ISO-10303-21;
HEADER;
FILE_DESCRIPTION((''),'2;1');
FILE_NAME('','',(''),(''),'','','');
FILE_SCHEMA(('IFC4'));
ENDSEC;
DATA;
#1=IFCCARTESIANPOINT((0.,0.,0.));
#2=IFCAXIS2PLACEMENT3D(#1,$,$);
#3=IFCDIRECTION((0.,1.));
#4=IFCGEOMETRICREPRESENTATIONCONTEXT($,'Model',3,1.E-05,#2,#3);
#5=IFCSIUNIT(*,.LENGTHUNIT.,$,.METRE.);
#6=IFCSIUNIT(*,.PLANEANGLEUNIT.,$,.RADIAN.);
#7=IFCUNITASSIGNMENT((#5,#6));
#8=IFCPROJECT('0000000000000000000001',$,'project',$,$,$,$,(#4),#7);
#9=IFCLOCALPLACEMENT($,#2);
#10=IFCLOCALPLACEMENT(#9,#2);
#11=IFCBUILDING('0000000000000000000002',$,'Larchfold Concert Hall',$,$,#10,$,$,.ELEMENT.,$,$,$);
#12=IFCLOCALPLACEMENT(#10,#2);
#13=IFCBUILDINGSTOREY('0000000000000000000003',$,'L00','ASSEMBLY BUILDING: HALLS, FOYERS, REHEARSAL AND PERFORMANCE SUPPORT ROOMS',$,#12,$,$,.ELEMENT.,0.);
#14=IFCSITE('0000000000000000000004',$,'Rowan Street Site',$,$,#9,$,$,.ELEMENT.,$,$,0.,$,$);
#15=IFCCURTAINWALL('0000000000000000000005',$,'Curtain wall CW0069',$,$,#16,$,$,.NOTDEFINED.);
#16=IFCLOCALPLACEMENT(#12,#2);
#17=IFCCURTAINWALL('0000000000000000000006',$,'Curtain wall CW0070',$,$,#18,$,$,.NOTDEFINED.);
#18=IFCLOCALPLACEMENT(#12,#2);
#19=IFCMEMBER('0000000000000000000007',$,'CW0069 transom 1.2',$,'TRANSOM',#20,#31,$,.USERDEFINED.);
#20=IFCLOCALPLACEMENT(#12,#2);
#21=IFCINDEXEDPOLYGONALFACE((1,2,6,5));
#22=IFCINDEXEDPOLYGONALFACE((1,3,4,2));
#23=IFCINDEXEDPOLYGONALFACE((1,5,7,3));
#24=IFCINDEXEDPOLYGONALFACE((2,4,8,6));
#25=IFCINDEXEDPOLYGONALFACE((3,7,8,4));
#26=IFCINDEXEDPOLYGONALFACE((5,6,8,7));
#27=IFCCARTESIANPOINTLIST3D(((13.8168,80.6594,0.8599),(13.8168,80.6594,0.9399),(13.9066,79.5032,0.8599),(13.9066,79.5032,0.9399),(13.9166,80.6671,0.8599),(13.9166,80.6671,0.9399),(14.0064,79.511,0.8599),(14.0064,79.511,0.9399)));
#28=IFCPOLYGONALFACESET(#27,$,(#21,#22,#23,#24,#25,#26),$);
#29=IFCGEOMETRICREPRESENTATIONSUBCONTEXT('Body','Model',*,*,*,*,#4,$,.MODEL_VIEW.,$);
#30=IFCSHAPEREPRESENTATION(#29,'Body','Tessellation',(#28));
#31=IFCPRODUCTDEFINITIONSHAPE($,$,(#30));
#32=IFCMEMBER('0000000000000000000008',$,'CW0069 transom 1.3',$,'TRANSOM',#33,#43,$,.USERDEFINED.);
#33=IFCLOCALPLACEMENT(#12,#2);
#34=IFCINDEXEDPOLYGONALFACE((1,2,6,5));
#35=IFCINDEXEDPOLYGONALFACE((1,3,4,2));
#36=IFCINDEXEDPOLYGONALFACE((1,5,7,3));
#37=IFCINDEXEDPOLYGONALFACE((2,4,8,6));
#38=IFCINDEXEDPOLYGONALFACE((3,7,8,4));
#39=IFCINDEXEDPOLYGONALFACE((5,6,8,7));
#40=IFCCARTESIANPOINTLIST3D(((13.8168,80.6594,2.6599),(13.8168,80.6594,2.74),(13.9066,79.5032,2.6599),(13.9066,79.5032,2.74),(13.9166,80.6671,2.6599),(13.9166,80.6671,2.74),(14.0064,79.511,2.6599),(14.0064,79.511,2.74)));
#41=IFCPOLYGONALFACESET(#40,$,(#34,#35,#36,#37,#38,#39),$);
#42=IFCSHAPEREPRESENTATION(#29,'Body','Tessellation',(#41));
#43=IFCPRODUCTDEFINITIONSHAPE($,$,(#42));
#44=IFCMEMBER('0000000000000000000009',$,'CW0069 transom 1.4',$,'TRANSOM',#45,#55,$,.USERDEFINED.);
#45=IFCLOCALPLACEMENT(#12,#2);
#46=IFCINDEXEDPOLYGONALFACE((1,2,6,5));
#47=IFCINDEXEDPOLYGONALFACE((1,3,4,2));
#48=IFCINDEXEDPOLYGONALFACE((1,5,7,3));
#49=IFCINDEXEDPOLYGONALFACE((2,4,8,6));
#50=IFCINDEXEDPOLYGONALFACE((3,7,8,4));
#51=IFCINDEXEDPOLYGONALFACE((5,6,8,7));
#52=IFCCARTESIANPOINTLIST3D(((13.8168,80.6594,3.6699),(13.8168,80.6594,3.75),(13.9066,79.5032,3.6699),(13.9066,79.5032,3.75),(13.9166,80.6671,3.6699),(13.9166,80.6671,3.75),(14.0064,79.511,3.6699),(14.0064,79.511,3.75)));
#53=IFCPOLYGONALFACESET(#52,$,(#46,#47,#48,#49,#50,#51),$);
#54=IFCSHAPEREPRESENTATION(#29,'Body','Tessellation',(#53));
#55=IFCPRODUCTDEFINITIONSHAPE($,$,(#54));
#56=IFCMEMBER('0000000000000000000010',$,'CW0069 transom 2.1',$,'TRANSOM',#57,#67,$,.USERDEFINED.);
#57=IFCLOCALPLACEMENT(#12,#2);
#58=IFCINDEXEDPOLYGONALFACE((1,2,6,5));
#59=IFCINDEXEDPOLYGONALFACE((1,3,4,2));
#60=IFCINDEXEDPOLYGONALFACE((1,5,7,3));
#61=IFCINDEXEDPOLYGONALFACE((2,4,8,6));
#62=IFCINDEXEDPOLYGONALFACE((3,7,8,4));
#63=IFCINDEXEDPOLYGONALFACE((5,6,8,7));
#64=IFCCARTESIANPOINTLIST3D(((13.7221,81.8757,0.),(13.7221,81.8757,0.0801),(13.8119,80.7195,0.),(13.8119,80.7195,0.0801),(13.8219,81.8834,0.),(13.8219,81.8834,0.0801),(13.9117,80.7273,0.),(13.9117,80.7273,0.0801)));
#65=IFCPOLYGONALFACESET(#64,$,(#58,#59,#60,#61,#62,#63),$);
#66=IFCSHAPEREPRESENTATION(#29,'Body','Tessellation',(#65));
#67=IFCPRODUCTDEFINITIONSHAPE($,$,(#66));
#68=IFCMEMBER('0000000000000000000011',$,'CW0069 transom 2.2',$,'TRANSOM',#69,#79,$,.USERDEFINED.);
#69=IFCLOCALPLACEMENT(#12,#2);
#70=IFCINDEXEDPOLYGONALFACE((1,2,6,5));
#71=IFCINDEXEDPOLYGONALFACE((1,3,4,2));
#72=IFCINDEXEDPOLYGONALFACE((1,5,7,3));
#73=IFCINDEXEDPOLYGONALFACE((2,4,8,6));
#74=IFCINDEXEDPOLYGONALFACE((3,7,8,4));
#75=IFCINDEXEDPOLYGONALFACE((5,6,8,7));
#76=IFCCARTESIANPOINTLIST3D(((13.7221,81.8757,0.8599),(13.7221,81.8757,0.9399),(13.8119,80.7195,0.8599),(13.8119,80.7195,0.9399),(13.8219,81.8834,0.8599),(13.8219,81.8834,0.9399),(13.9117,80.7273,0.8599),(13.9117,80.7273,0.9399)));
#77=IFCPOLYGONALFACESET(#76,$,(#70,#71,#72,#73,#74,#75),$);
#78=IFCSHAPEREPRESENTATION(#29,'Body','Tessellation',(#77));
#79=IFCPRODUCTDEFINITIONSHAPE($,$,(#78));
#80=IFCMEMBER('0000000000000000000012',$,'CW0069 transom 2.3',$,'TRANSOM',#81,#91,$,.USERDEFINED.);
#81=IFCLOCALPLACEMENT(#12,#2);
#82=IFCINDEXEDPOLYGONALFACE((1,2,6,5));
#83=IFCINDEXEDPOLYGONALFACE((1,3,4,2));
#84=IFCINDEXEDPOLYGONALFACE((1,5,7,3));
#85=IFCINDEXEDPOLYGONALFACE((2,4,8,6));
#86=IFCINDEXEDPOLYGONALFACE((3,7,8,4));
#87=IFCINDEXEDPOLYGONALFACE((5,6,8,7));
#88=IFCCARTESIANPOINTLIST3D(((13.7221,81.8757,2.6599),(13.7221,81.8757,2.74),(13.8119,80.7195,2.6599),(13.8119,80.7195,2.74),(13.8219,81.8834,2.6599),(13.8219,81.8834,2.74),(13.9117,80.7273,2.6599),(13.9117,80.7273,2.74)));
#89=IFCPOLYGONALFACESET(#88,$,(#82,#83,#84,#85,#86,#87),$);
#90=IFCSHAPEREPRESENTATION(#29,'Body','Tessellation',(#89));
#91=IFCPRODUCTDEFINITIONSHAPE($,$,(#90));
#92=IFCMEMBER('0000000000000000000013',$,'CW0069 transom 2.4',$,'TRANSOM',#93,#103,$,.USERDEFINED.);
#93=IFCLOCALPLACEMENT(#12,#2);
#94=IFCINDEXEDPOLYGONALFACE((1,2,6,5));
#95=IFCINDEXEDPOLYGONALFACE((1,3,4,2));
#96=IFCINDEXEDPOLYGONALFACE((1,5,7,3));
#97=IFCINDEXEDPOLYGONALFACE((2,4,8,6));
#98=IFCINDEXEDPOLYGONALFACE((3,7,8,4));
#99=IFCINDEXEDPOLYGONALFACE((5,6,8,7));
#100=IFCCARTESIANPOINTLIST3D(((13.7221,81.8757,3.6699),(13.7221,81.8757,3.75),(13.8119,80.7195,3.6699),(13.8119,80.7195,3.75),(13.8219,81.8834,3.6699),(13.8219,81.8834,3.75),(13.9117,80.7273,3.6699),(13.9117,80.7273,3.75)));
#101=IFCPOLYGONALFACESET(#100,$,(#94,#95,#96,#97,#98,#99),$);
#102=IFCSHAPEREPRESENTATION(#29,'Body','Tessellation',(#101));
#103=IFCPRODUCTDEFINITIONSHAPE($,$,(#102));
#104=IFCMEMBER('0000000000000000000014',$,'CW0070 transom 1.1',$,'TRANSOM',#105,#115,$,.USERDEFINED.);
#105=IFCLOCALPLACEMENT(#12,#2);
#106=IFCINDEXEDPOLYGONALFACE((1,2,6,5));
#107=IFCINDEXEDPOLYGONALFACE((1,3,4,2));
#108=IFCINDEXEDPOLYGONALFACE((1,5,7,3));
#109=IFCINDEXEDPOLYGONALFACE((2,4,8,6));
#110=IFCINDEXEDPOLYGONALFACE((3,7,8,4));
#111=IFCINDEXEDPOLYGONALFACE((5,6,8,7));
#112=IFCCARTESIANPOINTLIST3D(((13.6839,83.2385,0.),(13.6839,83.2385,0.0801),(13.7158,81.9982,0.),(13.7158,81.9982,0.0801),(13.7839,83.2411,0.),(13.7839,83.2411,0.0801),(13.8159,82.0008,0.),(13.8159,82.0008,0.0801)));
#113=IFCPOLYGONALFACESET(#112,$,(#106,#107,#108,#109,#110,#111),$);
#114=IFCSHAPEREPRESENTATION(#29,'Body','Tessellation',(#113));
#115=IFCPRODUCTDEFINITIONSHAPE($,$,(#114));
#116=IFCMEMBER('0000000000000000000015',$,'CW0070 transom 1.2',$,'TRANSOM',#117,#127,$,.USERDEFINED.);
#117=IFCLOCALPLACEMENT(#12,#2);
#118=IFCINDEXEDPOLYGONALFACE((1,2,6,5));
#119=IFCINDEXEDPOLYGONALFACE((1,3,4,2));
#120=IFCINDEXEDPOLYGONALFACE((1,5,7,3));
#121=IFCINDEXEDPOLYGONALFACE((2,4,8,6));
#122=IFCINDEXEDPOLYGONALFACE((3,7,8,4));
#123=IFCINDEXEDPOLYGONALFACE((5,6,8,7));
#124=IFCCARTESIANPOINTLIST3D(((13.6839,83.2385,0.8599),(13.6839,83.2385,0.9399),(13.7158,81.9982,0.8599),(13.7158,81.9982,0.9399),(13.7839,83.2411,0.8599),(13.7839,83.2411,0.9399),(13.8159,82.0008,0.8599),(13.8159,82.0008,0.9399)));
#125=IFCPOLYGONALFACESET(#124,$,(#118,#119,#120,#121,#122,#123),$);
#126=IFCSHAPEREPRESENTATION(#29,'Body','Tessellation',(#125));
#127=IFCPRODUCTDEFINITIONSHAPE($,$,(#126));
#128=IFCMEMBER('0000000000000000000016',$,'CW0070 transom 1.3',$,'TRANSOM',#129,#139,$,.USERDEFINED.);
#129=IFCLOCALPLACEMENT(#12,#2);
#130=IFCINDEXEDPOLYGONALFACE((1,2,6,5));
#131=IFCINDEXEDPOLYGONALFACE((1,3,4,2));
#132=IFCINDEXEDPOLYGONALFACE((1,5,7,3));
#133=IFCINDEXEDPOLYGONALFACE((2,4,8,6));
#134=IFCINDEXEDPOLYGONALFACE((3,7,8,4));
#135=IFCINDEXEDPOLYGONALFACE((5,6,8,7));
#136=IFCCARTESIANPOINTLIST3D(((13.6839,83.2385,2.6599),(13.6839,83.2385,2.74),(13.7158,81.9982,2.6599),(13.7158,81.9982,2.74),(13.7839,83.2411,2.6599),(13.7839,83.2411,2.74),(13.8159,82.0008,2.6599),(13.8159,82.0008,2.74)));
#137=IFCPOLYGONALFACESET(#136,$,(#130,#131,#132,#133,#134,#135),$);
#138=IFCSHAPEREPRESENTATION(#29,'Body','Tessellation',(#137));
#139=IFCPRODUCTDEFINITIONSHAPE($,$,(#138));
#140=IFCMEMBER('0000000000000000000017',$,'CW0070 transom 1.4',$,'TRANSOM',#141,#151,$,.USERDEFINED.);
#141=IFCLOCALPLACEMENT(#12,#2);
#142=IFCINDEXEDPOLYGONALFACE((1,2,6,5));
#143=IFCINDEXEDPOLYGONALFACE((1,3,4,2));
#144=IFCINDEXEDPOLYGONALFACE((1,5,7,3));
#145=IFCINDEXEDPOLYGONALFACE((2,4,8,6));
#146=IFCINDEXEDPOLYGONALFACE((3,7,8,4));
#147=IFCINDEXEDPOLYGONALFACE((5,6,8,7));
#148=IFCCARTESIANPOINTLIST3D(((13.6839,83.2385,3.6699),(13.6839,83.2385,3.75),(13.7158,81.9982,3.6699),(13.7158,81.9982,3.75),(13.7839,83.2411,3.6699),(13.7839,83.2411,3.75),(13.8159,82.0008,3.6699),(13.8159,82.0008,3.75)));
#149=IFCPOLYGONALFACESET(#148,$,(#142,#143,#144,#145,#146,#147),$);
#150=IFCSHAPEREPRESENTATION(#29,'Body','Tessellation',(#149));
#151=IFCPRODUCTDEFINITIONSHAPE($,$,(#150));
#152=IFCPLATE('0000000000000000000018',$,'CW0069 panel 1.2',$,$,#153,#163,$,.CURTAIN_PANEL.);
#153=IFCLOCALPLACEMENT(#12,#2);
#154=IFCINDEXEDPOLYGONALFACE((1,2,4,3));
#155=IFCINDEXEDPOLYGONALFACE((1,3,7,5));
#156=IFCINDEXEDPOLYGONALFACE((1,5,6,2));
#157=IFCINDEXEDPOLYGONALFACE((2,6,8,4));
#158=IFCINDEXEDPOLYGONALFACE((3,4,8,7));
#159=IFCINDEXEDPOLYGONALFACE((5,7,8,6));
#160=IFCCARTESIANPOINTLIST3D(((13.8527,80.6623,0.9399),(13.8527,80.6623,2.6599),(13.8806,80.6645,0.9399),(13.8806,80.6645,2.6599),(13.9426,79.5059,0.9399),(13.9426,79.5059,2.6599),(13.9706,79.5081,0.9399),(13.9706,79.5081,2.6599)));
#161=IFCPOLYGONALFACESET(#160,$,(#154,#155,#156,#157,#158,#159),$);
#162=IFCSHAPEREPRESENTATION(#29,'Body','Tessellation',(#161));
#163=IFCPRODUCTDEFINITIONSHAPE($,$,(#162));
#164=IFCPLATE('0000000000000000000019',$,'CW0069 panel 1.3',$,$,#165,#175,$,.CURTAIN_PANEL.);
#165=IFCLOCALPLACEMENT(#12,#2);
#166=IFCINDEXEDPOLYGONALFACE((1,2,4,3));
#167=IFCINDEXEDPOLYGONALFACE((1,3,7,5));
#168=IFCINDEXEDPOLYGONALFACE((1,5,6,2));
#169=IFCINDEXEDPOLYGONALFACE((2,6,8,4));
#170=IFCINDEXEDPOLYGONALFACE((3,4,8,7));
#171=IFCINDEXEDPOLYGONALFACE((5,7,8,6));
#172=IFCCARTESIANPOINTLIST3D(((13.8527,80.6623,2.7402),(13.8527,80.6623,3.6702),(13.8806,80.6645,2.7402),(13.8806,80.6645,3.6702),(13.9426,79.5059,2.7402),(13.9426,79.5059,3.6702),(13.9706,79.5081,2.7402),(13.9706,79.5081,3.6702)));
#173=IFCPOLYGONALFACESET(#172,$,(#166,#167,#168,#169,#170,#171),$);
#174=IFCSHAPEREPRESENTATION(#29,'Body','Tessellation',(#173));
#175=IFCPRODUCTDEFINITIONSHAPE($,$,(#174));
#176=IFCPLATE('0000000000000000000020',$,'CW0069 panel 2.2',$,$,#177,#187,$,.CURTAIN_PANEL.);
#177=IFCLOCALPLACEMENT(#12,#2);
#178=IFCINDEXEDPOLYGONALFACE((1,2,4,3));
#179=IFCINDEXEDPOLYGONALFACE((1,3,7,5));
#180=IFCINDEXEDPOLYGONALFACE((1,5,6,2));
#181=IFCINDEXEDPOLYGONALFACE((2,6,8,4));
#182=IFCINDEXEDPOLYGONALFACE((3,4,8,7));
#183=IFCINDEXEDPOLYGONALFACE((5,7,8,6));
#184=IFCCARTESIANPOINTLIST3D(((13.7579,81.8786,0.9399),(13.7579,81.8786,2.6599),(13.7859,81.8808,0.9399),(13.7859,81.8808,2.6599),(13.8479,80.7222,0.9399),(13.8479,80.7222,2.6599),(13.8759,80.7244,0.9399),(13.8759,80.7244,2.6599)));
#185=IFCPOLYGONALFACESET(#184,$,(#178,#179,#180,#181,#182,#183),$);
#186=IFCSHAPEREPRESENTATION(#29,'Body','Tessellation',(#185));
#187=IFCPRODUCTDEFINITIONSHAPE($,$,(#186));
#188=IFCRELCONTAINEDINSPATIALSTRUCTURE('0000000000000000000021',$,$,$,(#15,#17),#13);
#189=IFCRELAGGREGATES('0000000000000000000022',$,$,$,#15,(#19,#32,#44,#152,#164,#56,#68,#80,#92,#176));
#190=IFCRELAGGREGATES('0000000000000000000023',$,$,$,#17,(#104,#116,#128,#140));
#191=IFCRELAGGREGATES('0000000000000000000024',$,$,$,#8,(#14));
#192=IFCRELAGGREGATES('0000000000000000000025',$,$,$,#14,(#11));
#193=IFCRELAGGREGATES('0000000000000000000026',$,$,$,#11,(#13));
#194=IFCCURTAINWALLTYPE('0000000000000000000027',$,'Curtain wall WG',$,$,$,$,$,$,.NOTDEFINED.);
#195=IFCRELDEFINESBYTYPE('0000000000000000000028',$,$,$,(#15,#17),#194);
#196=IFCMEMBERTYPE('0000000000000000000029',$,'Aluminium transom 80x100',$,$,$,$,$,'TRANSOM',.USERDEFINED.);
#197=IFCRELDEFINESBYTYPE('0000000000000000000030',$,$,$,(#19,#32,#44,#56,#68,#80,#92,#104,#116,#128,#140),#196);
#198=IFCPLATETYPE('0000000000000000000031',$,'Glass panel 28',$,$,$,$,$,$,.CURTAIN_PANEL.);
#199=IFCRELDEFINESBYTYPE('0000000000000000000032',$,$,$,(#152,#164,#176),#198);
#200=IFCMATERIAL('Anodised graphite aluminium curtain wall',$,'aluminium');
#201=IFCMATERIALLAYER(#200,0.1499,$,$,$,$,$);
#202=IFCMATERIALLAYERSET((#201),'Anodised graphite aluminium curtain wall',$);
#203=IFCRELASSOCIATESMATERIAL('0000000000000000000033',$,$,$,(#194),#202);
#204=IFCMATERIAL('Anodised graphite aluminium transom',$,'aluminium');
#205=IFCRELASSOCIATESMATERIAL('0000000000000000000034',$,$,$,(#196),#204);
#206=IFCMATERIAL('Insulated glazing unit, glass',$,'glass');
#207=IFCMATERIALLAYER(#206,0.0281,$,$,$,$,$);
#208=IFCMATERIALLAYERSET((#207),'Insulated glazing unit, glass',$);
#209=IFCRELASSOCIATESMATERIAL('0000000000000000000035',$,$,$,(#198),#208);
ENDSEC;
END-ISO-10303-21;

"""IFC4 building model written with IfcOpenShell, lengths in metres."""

from ifc_helpers import new_model, si_unit, direction, frame, origin, origin_2d, place, context, subcontext, project, spatial, rectangle, extrude, material, layer, layer_set, material_profile, profile_set, type_object, element, aggregate, save


model = new_model("IFC4")

# Units and contexts
model_context = context("Model", 3, precision=1e-05, world=origin(), true_north=direction((0.0, 1.0)))
body_context = subcontext(model_context, "Body", "Model", "MODEL_VIEW")
ifc_project = project(units=[si_unit("LENGTHUNIT", "METRE"), si_unit("PLANEANGLEUNIT", "RADIAN")], contexts=[model_context])

# Site, building, storey
site_placement = place(None, origin())
site = spatial("IfcSite", under=ifc_project, at=site_placement, Name="Rowan Street Site", CompositionType="ELEMENT", RefElevation=0.0)
building_placement = place(site_placement, origin())
building = spatial("IfcBuilding", under=site, at=building_placement, Name="Larchfold Concert Hall", CompositionType="ELEMENT")
storey_placement = place(building_placement, origin())
storey = spatial("IfcBuildingStorey", under=building, at=storey_placement, Name="L00", Description="ASSEMBLY BUILDING: HALLS, FOYERS, REHEARSAL AND PERFORMANCE SUPPORT ROOMS", CompositionType="ELEMENT", Elevation=0.0)

# Shared definitions
ifc_material_1 = material(Name="Anodised graphite aluminium curtain wall", Category="aluminium")
ifc_layer_1 = layer(ifc_material_1, 0.1499)
ifc_layer_set_1 = layer_set([ifc_layer_1], Name="Anodised graphite aluminium curtain wall")
curtain_wall_type = type_object("IfcCurtainWallType", Name="Curtain wall WG", PredefinedType="NOTDEFINED", material=ifc_layer_set_1)

# Curtain wall
curtain_wall_1_placement = place(storey_placement, origin())
curtain_wall_1 = element("IfcCurtainWall", 1, at=curtain_wall_1_placement, inside=storey, type_object=curtain_wall_type, Name="Curtain wall CW0069", PredefinedType="NOTDEFINED")

# Curtain wall
curtain_wall_2_placement = place(storey_placement, origin())
curtain_wall_2 = element("IfcCurtainWall", 2, at=curtain_wall_2_placement, inside=storey, type_object=curtain_wall_type, Name="Curtain wall CW0070", PredefinedType="NOTDEFINED")

# Members
ifc_material_2 = material(Name="Anodised graphite aluminium transom", Category="aluminium")
ifc_material_profile_1 = material_profile(ifc_material_2, rectangle(XDim=0.1001, YDim=0.0801, at=origin_2d()))
ifc_profile_set_1 = profile_set([ifc_material_profile_1], Name="Anodised graphite aluminium transom")
member_type_1 = type_object("IfcMemberType", Name="Aluminium transom 80x100", ElementType="TRANSOM", PredefinedType="USERDEFINED", material=ifc_profile_set_1)
member_1_placement = place(storey_placement, frame((13.9565, 79.5071, 0.8999), z_axis=(-0.077469, 0.996995, 0.0), x_axis=(-0.996995, -0.077469, 0.0)))
member_1 = element("IfcMember", 3, at=member_1_placement, type_object=member_type_1, Name="CW0069 transom 1.2", ObjectType="TRANSOM", PredefinedType="USERDEFINED", context=body_context, shape_type="SweptSolid", body=[
    extrude(rectangle(XDim=0.1001, YDim=0.0801, at=origin_2d()), origin(), (0.0, 0.0, 1.0), 1.1597),
])
member_2_placement = place(storey_placement, frame((13.9565, 79.5071, 2.7), z_axis=(-0.077469, 0.996995, 0.0), x_axis=(-0.996995, -0.077469, 0.0)))
member_2 = element("IfcMember", 4, at=member_2_placement, type_object=member_type_1, Name="CW0069 transom 1.3", ObjectType="TRANSOM", PredefinedType="USERDEFINED", context=body_context, shape_type="SweptSolid", body=[
    extrude(rectangle(XDim=0.1001, YDim=0.0801, at=origin_2d()), origin(), (0.0, 0.0, 1.0), 1.1597),
])
member_3_placement = place(storey_placement, frame((13.9565, 79.5071, 3.71), z_axis=(-0.077469, 0.996995, 0.0), x_axis=(-0.996995, -0.077469, 0.0)))
member_3 = element("IfcMember", 5, at=member_3_placement, type_object=member_type_1, Name="CW0069 transom 1.4", ObjectType="TRANSOM", PredefinedType="USERDEFINED", context=body_context, shape_type="SweptSolid", body=[
    extrude(rectangle(XDim=0.1001, YDim=0.0801, at=origin_2d()), origin(), (0.0, 0.0, 1.0), 1.1597),
])
member_4_placement = place(storey_placement, frame((13.8618, 80.7234, 0.04), z_axis=(-0.077469, 0.996995, 0.0), x_axis=(-0.996995, -0.077469, 0.0)))
member_4 = element("IfcMember", 6, at=member_4_placement, type_object=member_type_1, Name="CW0069 transom 2.1", ObjectType="TRANSOM", PredefinedType="USERDEFINED", context=body_context, shape_type="SweptSolid", body=[
    extrude(rectangle(XDim=0.1001, YDim=0.0801, at=origin_2d()), origin(), (0.0, 0.0, 1.0), 1.1597),
])
member_5_placement = place(storey_placement, frame((13.8618, 80.7234, 0.8999), z_axis=(-0.077469, 0.996995, 0.0), x_axis=(-0.996995, -0.077469, 0.0)))
member_5 = element("IfcMember", 7, at=member_5_placement, type_object=member_type_1, Name="CW0069 transom 2.2", ObjectType="TRANSOM", PredefinedType="USERDEFINED", context=body_context, shape_type="SweptSolid", body=[
    extrude(rectangle(XDim=0.1001, YDim=0.0801, at=origin_2d()), origin(), (0.0, 0.0, 1.0), 1.1597),
])
member_6_placement = place(storey_placement, frame((13.8618, 80.7234, 2.7), z_axis=(-0.077469, 0.996995, 0.0), x_axis=(-0.996995, -0.077469, 0.0)))
member_6 = element("IfcMember", 8, at=member_6_placement, type_object=member_type_1, Name="CW0069 transom 2.3", ObjectType="TRANSOM", PredefinedType="USERDEFINED", context=body_context, shape_type="SweptSolid", body=[
    extrude(rectangle(XDim=0.1001, YDim=0.0801, at=origin_2d()), origin(), (0.0, 0.0, 1.0), 1.1597),
])
member_7_placement = place(storey_placement, frame((13.8618, 80.7234, 3.71), z_axis=(-0.077469, 0.996995, 0.0), x_axis=(-0.996995, -0.077469, 0.0)))
member_7 = element("IfcMember", 9, at=member_7_placement, type_object=member_type_1, Name="CW0069 transom 2.4", ObjectType="TRANSOM", PredefinedType="USERDEFINED", context=body_context, shape_type="SweptSolid", body=[
    extrude(rectangle(XDim=0.1001, YDim=0.0801, at=origin_2d()), origin(), (0.0, 0.0, 1.0), 1.1597),
])
member_8_placement = place(storey_placement, frame((13.7659, 81.9995, 0.04), z_axis=(-0.025779, 0.999668, 0.0), x_axis=(-0.999668, -0.025779, 0.0)))
member_8 = element("IfcMember", 10, at=member_8_placement, type_object=member_type_1, Name="CW0070 transom 1.1", ObjectType="TRANSOM", PredefinedType="USERDEFINED", context=body_context, shape_type="SweptSolid", body=[
    extrude(rectangle(XDim=0.1001, YDim=0.0801, at=origin_2d()), origin(), (0.0, 0.0, 1.0), 1.2407),
])
member_9_placement = place(storey_placement, frame((13.7659, 81.9995, 0.8999), z_axis=(-0.025779, 0.999668, 0.0), x_axis=(-0.999668, -0.025779, 0.0)))
member_9 = element("IfcMember", 11, at=member_9_placement, type_object=member_type_1, Name="CW0070 transom 1.2", ObjectType="TRANSOM", PredefinedType="USERDEFINED", context=body_context, shape_type="SweptSolid", body=[
    extrude(rectangle(XDim=0.1001, YDim=0.0801, at=origin_2d()), origin(), (0.0, 0.0, 1.0), 1.2407),
])
member_10_placement = place(storey_placement, frame((13.7659, 81.9995, 2.7), z_axis=(-0.025779, 0.999668, 0.0), x_axis=(-0.999668, -0.025779, 0.0)))
member_10 = element("IfcMember", 12, at=member_10_placement, type_object=member_type_1, Name="CW0070 transom 1.3", ObjectType="TRANSOM", PredefinedType="USERDEFINED", context=body_context, shape_type="SweptSolid", body=[
    extrude(rectangle(XDim=0.1001, YDim=0.0801, at=origin_2d()), origin(), (0.0, 0.0, 1.0), 1.2407),
])
member_11_placement = place(storey_placement, frame((13.7659, 81.9995, 3.71), z_axis=(-0.025779, 0.999668, 0.0), x_axis=(-0.999668, -0.025779, 0.0)))
member_11 = element("IfcMember", 13, at=member_11_placement, type_object=member_type_1, Name="CW0070 transom 1.4", ObjectType="TRANSOM", PredefinedType="USERDEFINED", context=body_context, shape_type="SweptSolid", body=[
    extrude(rectangle(XDim=0.1001, YDim=0.0801, at=origin_2d()), origin(), (0.0, 0.0, 1.0), 1.2407),
])

# Plates
ifc_material_3 = material(Name="Insulated glazing unit, glass", Category="glass")
ifc_layer_2 = layer(ifc_material_3, 0.0281)
ifc_layer_set_2 = layer_set([ifc_layer_2], Name="Insulated glazing unit, glass")
plate_type_1 = type_object("IfcPlateType", Name="Glass panel 28", PredefinedType="CURTAIN_PANEL", material=ifc_layer_set_2)
plate_1_placement = place(storey_placement, frame((13.9116, 80.0852, 0.9399), z_axis=(0.0, 0.0, 1.0), x_axis=(-0.077548, 0.996989, 0.0)))
plate_1 = element("IfcPlate", 14, at=plate_1_placement, type_object=plate_type_1, Name="CW0069 panel 1.2", PredefinedType="CURTAIN_PANEL", context=body_context, shape_type="SweptSolid", body=[
    extrude(rectangle(XDim=1.1599, YDim=0.0281, at=origin_2d()), origin(), (0.0, 0.0, 1.0), 1.72),
])
plate_2_placement = place(storey_placement, frame((13.9116, 80.0852, 2.7402), z_axis=(0.0, 0.0, 1.0), x_axis=(-0.077548, 0.996989, 0.0)))
plate_2 = element("IfcPlate", 15, at=plate_2_placement, type_object=plate_type_1, Name="CW0069 panel 1.3", PredefinedType="CURTAIN_PANEL", context=body_context, shape_type="SweptSolid", body=[
    extrude(rectangle(XDim=1.1599, YDim=0.0281, at=origin_2d()), origin(), (0.0, 0.0, 1.0), 0.9299),
])
plate_3_placement = place(storey_placement, frame((13.8169, 81.3015, 0.9399), z_axis=(0.0, 0.0, 1.0), x_axis=(-0.077548, 0.996989, 0.0)))
plate_3 = element("IfcPlate", 16, at=plate_3_placement, type_object=plate_type_1, Name="CW0069 panel 2.2", PredefinedType="CURTAIN_PANEL", context=body_context, shape_type="SweptSolid", body=[
    extrude(rectangle(XDim=1.1599, YDim=0.0281, at=origin_2d()), origin(), (0.0, 0.0, 1.0), 1.72),
])
aggregate(curtain_wall_1, [member_1, member_2, member_3, plate_1, plate_2, member_4, member_5, member_6, member_7, plate_3])
aggregate(curtain_wall_2, [member_8, member_9, member_10, member_11])

save(model, "model.ifc")
